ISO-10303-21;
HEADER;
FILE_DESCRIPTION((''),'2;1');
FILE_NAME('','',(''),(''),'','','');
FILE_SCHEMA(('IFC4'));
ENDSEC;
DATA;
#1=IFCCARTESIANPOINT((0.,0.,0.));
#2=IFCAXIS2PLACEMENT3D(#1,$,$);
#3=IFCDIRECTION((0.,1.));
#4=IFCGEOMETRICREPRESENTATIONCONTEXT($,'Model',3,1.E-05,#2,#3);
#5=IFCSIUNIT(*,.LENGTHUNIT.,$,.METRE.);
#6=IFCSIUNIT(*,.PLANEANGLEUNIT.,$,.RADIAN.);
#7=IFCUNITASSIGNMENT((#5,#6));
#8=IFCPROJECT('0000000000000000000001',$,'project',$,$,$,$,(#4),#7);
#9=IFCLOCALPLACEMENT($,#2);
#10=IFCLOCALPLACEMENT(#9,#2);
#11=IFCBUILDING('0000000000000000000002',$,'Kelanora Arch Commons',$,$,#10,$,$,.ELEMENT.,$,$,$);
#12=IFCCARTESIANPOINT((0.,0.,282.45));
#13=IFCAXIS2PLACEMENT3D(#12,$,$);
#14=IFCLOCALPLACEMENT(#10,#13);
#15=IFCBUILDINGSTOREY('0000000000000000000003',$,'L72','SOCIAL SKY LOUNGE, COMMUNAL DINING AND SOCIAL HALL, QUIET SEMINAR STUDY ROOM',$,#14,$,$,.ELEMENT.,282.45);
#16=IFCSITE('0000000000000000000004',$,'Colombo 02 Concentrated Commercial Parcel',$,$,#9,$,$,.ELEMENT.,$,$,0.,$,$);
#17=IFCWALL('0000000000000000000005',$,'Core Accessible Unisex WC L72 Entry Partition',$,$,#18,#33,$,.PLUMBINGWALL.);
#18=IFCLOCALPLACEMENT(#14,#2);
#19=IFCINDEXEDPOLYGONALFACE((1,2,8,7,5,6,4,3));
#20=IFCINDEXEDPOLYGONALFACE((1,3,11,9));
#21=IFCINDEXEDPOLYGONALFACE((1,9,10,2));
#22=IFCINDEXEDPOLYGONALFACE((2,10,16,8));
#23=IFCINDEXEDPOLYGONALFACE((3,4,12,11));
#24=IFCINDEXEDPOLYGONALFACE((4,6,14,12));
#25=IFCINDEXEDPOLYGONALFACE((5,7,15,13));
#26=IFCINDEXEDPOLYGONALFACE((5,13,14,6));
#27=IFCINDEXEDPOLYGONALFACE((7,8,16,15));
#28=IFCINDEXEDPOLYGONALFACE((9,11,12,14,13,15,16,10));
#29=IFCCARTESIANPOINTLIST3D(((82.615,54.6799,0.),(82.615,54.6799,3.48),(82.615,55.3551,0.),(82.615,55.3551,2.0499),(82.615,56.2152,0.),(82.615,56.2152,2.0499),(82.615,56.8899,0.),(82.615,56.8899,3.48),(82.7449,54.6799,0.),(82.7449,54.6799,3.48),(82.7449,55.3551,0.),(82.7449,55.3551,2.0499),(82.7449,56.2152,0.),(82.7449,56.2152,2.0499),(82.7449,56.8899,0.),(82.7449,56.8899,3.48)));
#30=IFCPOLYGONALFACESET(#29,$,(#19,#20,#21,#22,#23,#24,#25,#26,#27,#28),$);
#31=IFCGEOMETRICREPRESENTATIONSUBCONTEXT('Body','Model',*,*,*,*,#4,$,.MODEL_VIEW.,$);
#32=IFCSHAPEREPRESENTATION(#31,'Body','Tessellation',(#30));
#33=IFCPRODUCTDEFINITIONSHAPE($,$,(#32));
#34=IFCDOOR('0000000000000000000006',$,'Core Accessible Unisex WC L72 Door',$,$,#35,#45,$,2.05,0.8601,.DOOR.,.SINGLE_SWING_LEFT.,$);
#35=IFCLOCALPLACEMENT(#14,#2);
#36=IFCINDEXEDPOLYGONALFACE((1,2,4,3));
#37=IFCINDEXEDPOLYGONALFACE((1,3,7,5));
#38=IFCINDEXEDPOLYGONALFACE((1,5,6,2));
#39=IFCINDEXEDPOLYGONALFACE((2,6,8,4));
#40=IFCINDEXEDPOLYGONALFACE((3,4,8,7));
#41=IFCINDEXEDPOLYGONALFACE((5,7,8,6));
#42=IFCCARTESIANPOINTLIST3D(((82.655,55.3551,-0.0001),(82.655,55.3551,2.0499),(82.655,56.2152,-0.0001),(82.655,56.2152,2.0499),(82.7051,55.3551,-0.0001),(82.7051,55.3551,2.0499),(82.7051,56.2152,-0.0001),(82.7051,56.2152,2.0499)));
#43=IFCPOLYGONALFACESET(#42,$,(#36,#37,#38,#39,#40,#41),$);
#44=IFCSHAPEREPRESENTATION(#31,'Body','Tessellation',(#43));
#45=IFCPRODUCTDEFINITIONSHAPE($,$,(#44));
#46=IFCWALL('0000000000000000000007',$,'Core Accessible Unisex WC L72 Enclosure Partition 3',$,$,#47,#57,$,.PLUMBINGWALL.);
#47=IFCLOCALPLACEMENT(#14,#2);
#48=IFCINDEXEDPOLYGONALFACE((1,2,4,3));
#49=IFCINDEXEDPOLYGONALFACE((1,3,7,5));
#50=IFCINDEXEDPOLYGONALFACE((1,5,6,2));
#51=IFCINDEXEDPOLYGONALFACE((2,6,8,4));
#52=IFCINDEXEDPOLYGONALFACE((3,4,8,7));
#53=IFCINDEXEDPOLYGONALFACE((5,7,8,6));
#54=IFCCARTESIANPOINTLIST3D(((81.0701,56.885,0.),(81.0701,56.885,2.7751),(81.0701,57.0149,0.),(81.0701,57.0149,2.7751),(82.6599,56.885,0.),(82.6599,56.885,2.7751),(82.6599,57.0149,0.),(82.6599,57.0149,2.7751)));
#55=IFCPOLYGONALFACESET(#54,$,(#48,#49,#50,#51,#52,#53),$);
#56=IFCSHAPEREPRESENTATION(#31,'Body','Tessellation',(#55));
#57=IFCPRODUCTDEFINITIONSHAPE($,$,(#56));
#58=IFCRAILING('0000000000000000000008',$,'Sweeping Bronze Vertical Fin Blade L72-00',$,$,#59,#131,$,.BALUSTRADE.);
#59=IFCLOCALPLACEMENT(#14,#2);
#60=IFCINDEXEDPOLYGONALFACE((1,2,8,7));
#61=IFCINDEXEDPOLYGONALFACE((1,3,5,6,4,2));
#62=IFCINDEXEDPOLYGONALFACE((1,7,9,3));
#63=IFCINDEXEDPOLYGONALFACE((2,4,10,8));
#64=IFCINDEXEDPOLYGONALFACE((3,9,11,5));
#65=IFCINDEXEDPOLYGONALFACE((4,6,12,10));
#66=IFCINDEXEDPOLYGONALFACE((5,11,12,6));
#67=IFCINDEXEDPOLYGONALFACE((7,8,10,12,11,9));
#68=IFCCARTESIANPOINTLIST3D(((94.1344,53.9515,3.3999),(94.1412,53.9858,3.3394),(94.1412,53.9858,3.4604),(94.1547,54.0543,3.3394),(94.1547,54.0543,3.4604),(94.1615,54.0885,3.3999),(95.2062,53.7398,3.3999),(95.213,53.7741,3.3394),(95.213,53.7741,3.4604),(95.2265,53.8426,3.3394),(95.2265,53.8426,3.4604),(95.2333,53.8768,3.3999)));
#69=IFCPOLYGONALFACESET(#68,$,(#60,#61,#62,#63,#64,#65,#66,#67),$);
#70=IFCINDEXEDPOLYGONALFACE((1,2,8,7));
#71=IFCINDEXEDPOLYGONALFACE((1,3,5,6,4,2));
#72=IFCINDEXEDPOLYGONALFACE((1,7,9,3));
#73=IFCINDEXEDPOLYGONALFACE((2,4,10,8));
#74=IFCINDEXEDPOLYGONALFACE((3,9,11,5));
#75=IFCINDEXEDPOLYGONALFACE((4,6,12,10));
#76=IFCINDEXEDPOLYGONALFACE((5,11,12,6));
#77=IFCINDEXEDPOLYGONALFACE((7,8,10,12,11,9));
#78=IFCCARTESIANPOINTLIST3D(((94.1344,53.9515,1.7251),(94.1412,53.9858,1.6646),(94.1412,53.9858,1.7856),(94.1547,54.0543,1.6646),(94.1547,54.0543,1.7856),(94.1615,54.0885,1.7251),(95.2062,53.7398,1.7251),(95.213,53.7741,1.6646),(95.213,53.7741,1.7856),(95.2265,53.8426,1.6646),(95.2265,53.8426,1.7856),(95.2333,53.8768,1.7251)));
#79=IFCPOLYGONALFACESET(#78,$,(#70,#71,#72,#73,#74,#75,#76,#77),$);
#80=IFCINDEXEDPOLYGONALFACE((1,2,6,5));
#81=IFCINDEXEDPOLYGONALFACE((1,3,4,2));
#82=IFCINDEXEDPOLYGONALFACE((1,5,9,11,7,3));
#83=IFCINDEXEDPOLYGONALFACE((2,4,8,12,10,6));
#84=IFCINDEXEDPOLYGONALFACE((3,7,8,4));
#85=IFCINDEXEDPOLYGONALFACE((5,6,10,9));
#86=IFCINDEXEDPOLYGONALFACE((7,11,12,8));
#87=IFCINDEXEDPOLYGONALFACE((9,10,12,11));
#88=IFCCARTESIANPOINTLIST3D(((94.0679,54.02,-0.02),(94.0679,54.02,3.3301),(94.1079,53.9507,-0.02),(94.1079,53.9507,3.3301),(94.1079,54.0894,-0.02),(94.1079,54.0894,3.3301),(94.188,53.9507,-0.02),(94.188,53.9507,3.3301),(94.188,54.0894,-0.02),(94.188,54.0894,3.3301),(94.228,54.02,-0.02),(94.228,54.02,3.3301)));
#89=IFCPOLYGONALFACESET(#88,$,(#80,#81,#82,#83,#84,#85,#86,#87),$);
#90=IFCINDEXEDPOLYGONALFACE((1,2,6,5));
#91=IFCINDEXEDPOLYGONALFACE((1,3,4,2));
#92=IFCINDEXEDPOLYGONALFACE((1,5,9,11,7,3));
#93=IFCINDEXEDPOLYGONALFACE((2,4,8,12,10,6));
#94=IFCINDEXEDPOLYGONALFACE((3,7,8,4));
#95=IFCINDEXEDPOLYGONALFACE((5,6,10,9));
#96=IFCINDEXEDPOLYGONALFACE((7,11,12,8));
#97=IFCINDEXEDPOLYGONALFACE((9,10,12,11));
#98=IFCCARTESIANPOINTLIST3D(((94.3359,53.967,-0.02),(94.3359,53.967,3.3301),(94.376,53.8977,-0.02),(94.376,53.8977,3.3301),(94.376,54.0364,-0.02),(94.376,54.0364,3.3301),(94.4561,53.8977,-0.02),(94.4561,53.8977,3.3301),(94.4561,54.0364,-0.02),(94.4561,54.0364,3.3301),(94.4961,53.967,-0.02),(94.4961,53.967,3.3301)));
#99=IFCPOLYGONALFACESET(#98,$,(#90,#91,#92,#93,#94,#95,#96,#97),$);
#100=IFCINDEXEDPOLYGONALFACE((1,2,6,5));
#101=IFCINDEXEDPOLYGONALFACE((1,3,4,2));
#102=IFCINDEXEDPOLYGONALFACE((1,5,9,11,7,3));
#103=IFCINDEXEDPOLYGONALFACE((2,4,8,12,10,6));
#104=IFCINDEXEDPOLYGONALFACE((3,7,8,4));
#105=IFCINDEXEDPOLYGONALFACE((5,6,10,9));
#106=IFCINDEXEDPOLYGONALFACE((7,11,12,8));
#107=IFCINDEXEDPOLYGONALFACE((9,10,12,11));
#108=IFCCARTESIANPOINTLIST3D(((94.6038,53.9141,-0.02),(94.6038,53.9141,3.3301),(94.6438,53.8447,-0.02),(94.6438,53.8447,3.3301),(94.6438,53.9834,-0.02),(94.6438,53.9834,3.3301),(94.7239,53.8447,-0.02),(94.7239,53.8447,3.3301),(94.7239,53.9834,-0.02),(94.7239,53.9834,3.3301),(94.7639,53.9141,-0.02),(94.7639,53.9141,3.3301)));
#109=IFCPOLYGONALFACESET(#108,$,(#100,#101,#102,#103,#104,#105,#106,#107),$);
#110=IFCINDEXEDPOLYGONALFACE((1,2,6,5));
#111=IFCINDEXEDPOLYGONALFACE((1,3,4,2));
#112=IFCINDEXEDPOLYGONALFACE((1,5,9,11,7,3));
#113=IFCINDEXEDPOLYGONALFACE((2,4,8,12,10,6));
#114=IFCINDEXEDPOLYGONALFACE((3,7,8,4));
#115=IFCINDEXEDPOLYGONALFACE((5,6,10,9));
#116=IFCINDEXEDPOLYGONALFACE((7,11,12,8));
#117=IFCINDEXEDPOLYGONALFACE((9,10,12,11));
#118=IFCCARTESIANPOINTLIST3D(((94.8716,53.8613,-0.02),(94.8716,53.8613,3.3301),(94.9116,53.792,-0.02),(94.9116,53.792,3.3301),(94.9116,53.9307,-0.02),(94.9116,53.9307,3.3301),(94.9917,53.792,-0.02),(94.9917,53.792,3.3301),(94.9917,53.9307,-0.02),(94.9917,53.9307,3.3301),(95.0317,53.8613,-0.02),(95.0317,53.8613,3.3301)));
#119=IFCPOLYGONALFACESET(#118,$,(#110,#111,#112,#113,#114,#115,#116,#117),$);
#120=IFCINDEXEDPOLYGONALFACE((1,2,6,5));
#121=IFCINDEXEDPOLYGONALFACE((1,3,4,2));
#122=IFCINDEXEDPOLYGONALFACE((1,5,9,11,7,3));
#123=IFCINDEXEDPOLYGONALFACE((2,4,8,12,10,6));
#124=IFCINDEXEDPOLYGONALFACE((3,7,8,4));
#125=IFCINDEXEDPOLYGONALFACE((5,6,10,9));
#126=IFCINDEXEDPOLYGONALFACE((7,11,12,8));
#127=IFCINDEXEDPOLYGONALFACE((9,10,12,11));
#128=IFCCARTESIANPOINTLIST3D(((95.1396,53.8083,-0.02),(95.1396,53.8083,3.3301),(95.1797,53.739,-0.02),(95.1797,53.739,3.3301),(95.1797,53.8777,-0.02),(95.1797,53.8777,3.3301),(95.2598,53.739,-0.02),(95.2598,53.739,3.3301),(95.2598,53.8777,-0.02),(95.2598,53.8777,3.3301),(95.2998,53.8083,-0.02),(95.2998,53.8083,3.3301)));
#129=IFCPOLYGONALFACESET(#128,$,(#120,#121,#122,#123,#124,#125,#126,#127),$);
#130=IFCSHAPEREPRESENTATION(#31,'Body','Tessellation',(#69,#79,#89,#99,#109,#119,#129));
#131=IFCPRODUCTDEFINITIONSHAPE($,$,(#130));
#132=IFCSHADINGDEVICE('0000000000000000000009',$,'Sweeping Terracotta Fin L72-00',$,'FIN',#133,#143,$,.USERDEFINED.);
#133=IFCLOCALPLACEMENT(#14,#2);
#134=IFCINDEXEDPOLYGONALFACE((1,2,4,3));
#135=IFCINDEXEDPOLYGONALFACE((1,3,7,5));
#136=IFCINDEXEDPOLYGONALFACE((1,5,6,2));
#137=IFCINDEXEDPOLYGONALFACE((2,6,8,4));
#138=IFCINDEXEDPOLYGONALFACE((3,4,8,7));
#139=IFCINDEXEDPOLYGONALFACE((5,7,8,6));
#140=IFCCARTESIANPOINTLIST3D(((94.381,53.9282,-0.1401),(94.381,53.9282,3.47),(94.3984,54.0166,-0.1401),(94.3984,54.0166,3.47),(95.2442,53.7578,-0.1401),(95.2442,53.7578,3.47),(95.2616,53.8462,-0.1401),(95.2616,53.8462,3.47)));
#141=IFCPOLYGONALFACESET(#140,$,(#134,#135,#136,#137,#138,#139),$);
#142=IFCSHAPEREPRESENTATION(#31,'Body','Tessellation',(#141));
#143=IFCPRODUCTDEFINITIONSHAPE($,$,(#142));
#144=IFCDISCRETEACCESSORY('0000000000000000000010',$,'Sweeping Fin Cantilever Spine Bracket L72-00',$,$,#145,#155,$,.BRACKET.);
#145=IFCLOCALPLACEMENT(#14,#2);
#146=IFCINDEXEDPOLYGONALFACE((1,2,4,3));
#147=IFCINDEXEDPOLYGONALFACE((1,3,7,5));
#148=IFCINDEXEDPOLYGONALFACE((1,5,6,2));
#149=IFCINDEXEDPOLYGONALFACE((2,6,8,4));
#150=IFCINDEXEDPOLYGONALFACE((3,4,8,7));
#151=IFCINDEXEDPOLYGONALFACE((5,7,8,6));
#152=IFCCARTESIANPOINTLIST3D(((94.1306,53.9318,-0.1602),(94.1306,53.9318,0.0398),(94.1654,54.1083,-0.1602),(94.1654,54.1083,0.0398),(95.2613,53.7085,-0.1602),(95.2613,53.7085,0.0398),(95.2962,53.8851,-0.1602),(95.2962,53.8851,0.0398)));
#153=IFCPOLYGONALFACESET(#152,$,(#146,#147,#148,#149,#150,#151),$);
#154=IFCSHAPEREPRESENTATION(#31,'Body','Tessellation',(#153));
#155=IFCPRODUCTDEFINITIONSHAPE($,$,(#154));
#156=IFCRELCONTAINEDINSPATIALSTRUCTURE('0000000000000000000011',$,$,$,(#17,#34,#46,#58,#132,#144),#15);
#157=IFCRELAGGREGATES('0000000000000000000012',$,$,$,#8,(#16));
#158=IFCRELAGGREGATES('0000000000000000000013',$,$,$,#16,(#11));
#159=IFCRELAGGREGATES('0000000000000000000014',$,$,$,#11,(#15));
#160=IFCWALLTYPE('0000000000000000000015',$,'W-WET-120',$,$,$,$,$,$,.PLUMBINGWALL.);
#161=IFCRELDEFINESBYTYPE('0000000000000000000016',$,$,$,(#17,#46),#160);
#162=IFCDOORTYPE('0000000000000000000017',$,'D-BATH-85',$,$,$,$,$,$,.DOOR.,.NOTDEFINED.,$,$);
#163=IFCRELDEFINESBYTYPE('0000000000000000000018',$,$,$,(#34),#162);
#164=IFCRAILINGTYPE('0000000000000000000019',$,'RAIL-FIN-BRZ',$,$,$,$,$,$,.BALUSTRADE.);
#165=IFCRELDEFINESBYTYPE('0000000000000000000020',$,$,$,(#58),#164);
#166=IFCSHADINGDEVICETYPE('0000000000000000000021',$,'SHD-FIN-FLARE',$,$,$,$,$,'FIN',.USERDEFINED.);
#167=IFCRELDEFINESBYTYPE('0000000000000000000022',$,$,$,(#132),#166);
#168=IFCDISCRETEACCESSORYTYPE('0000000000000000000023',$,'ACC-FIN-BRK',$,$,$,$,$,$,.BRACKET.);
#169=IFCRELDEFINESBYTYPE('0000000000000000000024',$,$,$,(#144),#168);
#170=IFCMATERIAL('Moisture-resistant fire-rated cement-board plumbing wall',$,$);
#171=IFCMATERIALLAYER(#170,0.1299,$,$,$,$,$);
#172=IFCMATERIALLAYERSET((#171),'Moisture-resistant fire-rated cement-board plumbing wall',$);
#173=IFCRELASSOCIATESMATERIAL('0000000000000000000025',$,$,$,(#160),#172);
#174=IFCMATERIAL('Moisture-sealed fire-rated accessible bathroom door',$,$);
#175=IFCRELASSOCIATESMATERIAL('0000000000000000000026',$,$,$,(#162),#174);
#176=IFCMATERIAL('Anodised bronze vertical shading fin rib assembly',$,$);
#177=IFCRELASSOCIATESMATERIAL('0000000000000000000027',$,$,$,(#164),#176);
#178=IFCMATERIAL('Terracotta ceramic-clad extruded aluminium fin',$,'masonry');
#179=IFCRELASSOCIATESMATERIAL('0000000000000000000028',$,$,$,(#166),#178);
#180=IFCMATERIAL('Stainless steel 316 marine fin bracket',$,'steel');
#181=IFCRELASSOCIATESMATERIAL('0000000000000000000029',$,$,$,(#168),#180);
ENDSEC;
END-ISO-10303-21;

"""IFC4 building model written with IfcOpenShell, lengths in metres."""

from ifc_helpers import new_model, si_unit, direction, frame, frame_2d, origin, origin_2d, place, context, subcontext, project, spatial, polyline, rectangle, outline, extrude, source, transform, mapped, material, layer, layer_set, type_object, element, fill, save


model = new_model("IFC4")

# Units and contexts
model_context = context("Model", 3, precision=1e-05, world=origin(), true_north=direction((0.0, 1.0)))
body_context = subcontext(model_context, "Body", "Model", "MODEL_VIEW")
ifc_project = project(units=[si_unit("LENGTHUNIT", "METRE"), si_unit("PLANEANGLEUNIT", "RADIAN")], contexts=[model_context])

# Site, building, storey
site_placement = place(None, origin())
site = spatial("IfcSite", under=ifc_project, at=site_placement, Name="Colombo 02 Concentrated Commercial Parcel", CompositionType="ELEMENT", RefElevation=0.0)
building_placement = place(site_placement, origin())
building = spatial("IfcBuilding", under=site, at=building_placement, Name="Kelanora Arch Commons", CompositionType="ELEMENT")
storey_placement = place(building_placement, frame((0.0, 0.0, 282.45)))
storey = spatial("IfcBuildingStorey", under=building, at=storey_placement, Name="L72", Description="SOCIAL SKY LOUNGE, COMMUNAL DINING AND SOCIAL HALL, QUIET SEMINAR STUDY ROOM", CompositionType="ELEMENT", Elevation=282.45)

# Wall, opening, door
ifc_material_1 = material(Name="Moisture-resistant fire-rated cement-board plumbing wall")
ifc_layer_1 = layer(ifc_material_1, 0.1299)
ifc_layer_set_1 = layer_set([ifc_layer_1], Name="Moisture-resistant fire-rated cement-board plumbing wall")
wall_type_1 = type_object("IfcWallType", Name="W-WET-120", PredefinedType="PLUMBINGWALL", material=ifc_layer_set_1)
wall_1_placement = place(storey_placement, frame((82.6799, 54.6799, 0.0), z_axis=(0.0, 0.0, 1.0), x_axis=(0.0, 1.0, 0.0)))
wall_1 = element("IfcWall", 1, at=wall_1_placement, inside=storey, type_object=wall_type_1, Name="Core Accessible Unisex WC L72 Entry Partition", PredefinedType="PLUMBINGWALL", context=body_context, shape_type="SweptSolid", body=[
    extrude(rectangle(XDim=2.21, YDim=0.1299, at=frame_2d((1.105, 0.0))), origin(), (0.0, 0.0, 1.0), 3.48),
])
opening_1_placement = place(wall_1_placement, frame((0.675, 0.0, 0.0)))
opening_1 = element("IfcOpeningElement", 2, at=opening_1_placement, cuts=wall_1, PredefinedType="OPENING", context=body_context, shape_type="SweptSolid", body=[
    extrude(rectangle(XDim=0.8601, YDim=2.05, at=frame_2d((0.4302, 1.0249))), frame((0.0, 0.075, 0.0), z_axis=(0.0, -1.0, 0.0), x_axis=(1.0, 0.0, 0.0)), (0.0, 0.0, 1.0), 0.1499),
])
ifc_material_2 = material(Name="Moisture-sealed fire-rated accessible bathroom door")
door_type_1 = type_object("IfcDoorType", Name="D-BATH-85", OperationType="NOTDEFINED", PredefinedType="DOOR", material=ifc_material_2)
door_1_placement = place(opening_1_placement, origin())
door_1 = element("IfcDoor", 3, at=door_1_placement, inside=storey, type_object=door_type_1, Name="Core Accessible Unisex WC L72 Door", OperationType="SINGLE_SWING_LEFT", OverallHeight=2.05, OverallWidth=0.8601, PredefinedType="DOOR", context=body_context, shape_type="SweptSolid", body=[
    extrude(rectangle(XDim=0.8601, YDim=2.05, at=frame_2d((0.4302, 1.0249))), frame((0.0, 0.0249, 0.0), z_axis=(0.0, -1.0, 0.0), x_axis=(1.0, 0.0, 0.0)), (0.0, 0.0, 1.0), 0.05),
])
fill(opening_1, door_1)

# Wall
wall_2_placement = place(storey_placement, frame((82.6599, 56.95, 0.0), z_axis=(0.0, 0.0, 1.0), x_axis=(-1.0, 0.0, 0.0)))
element("IfcWall", 4, at=wall_2_placement, inside=storey, type_object=wall_type_1, Name="Core Accessible Unisex WC L72 Enclosure Partition 3", PredefinedType="PLUMBINGWALL", context=body_context, shape_type="SweptSolid", body=[
    extrude(rectangle(XDim=1.5898, YDim=0.1299, at=frame_2d((0.7949, 0.0))), origin(), (0.0, 0.0, 1.0), 2.7751),
])

# Railing
ifc_material_3 = material(Name="Anodised bronze vertical shading fin rib assembly")
railing_type = type_object("IfcRailingType", Name="RAIL-FIN-BRZ", PredefinedType="BALUSTRADE", material=ifc_material_3)
railing_placement = place(storey_placement, frame((94.1479, 54.02, -0.02)))
element("IfcRailing", 5, at=railing_placement, inside=storey, type_object=railing_type, Name="Sweeping Bronze Vertical Fin Blade L72-00", PredefinedType="BALUSTRADE", context=body_context, shape_type="SweptSolid", body=[
    extrude(outline(polyline([(0.0698, 0.0), (0.0349, 0.0605), (-0.0349, 0.0605), (-0.0698, 0.0), (-0.0349, -0.0605), (0.0349, -0.0605), (0.0698, 0.0)])), frame((0.0, 0.0, 3.4199), z_axis=(0.981051, -0.193752, 0.0), x_axis=(0.193752, 0.981051, 0.0)), (0.0, 0.0, 1.0), 1.0925),
    extrude(outline(polyline([(0.0698, 0.0), (0.0349, 0.0605), (-0.0349, 0.0605), (-0.0698, 0.0), (-0.0349, -0.0605), (0.0349, -0.0605), (0.0698, 0.0)])), frame((0.0, 0.0, 1.7451), z_axis=(0.981051, -0.193752, 0.0), x_axis=(0.193752, 0.981051, 0.0)), (0.0, 0.0, 1.0), 1.0925),
    extrude(outline(polyline([(0.0801, 0.0), (0.04, 0.0693), (-0.04, 0.0693), (-0.0801, 0.0), (-0.04, -0.0693), (0.04, -0.0693), (0.0801, 0.0)])), origin(), (0.0, 0.0, 1.0), 3.3501),
    extrude(outline(polyline([(0.0801, 0.0), (0.04, 0.0693), (-0.04, 0.0693), (-0.0801, 0.0), (-0.04, -0.0693), (0.04, -0.0693), (0.0801, 0.0)])), frame((0.2681, -0.053, 0.0)), (0.0, 0.0, 1.0), 3.3501),
    extrude(outline(polyline([(0.0801, 0.0), (0.04, 0.0693), (-0.04, 0.0693), (-0.0801, 0.0), (-0.04, -0.0693), (0.04, -0.0693), (0.0801, 0.0)])), frame((0.5359, -0.106, 0.0)), (0.0, 0.0, 1.0), 3.3501),
    extrude(outline(polyline([(0.0801, 0.0), (0.04, 0.0693), (-0.04, 0.0693), (-0.0801, 0.0), (-0.04, -0.0693), (0.04, -0.0693), (0.0801, 0.0)])), frame((0.8037, -0.1587, 0.0)), (0.0, 0.0, 1.0), 3.3501),
    extrude(outline(polyline([(0.0801, 0.0), (0.04, 0.0693), (-0.04, 0.0693), (-0.0801, 0.0), (-0.04, -0.0693), (0.04, -0.0693), (0.0801, 0.0)])), frame((1.0718, -0.2117, 0.0)), (0.0, 0.0, 1.0), 3.3501),
])

# Shading device
ifc_material_4 = material(Name="Terracotta ceramic-clad extruded aluminium fin", Category="masonry")
shading_device_type = type_object("IfcShadingDeviceType", Name="SHD-FIN-FLARE", ElementType="FIN", PredefinedType="USERDEFINED", material=ifc_material_4)
shared_shape_1 = source(origin(), body_context, "Body", "SweptSolid", [
    extrude(rectangle(XDim=0.8799, YDim=0.0901, at=origin_2d()), origin(), (0.0, 0.0, 1.0), 3.6101),
])
shading_device_placement = place(storey_placement, frame((94.8213, 53.8872, -0.1401), z_axis=(0.0, 0.0, 1.0), x_axis=(0.981057, -0.193721, 0.0)))
element("IfcShadingDevice", 6, at=shading_device_placement, inside=storey, type_object=shading_device_type, Name="Sweeping Terracotta Fin L72-00", ObjectType="FIN", PredefinedType="USERDEFINED", context=body_context, shape_type="MappedRepresentation", body=[
    mapped(shared_shape_1, transform((0.0, 0.0, 0.0), scale=1.0)),
])

# Discrete accessory
ifc_material_5 = material(Name="Stainless steel 316 marine fin bracket", Category="steel")
discrete_accessory_type = type_object("IfcDiscreteAccessoryType", Name="ACC-FIN-BRK", PredefinedType="BRACKET", material=ifc_material_5)
shared_shape_2 = source(origin(), body_context, "Body", "SweptSolid", [
    extrude(rectangle(XDim=1.1526, YDim=0.1799, at=origin_2d()), origin(), (0.0, 0.0, 1.0), 0.2),
])
discrete_accessory_placement = place(storey_placement, frame((94.7134, 53.9084, -0.1602), z_axis=(0.0, 0.0, 1.0), x_axis=(0.981057, -0.193721, 0.0)))
element("IfcDiscreteAccessory", 7, at=discrete_accessory_placement, inside=storey, type_object=discrete_accessory_type, Name="Sweeping Fin Cantilever Spine Bracket L72-00", PredefinedType="BRACKET", context=body_context, shape_type="MappedRepresentation", body=[
    mapped(shared_shape_2, transform((0.0, 0.0, 0.0), scale=1.0)),
])

save(model, "model.ifc")
